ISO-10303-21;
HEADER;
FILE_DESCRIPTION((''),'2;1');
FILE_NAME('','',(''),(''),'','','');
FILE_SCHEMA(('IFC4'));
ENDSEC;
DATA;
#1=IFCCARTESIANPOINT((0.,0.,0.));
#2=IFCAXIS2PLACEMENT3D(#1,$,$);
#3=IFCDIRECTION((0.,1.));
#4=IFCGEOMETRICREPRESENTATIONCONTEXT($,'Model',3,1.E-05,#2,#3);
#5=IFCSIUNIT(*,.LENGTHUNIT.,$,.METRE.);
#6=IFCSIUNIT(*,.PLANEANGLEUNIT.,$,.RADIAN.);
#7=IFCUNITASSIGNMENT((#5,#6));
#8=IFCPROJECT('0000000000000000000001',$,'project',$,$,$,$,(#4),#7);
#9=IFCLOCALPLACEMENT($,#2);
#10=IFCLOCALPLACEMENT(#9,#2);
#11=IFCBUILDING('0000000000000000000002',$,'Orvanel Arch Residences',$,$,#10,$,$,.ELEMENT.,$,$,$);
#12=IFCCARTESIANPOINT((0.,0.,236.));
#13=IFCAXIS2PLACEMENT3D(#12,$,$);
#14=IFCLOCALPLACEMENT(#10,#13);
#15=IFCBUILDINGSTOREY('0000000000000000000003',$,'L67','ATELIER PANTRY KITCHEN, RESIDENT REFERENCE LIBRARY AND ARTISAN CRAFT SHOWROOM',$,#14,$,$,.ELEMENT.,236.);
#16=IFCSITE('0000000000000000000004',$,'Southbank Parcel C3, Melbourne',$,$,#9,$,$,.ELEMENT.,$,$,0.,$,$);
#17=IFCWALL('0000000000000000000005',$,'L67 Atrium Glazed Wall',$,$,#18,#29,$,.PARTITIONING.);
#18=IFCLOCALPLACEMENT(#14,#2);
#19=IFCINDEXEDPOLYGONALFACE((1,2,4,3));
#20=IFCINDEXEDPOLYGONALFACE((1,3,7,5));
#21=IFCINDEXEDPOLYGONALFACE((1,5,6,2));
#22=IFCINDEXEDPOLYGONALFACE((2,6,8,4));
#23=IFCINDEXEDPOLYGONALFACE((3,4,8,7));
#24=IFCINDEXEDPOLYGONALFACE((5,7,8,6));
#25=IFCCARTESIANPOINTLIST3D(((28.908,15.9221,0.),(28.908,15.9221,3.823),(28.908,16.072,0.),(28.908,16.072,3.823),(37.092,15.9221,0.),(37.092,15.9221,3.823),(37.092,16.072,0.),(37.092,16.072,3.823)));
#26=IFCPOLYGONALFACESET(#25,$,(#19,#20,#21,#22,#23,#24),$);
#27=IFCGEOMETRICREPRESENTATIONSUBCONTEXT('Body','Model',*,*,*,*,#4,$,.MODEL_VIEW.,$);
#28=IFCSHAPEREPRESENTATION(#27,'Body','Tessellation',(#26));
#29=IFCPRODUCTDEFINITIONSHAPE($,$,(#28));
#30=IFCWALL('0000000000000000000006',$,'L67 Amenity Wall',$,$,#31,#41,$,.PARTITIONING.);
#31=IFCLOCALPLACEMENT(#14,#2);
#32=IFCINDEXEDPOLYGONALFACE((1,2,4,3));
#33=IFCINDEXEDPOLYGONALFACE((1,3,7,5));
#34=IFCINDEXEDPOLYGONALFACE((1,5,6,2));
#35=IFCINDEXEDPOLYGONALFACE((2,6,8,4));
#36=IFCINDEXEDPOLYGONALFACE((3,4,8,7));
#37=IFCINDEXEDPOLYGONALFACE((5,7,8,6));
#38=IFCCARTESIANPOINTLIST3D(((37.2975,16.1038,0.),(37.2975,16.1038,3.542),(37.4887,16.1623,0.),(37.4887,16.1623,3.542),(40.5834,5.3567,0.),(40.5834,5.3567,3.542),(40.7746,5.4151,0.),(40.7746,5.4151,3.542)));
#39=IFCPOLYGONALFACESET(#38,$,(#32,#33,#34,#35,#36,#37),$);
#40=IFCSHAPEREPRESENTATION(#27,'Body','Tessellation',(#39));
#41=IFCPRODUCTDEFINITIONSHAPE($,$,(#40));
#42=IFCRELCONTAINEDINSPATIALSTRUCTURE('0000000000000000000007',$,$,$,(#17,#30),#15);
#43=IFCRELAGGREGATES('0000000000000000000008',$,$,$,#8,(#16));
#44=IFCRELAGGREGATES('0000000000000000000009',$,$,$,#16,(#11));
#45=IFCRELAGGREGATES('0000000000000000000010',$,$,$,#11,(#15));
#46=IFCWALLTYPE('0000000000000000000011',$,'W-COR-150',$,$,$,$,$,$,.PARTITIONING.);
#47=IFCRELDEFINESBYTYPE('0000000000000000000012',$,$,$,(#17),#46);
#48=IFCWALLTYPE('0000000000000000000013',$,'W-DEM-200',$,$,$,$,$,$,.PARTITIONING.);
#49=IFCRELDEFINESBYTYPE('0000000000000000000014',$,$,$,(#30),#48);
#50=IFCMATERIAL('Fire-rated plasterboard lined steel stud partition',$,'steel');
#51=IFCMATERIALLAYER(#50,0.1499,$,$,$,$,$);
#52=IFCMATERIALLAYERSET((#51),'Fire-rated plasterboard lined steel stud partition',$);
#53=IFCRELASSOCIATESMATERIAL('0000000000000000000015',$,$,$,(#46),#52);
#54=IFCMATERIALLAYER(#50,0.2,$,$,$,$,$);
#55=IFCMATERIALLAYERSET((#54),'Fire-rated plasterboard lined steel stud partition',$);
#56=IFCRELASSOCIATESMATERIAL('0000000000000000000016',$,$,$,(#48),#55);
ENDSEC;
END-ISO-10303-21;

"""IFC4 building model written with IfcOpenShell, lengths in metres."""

from ifc_helpers import new_model, si_unit, direction, frame, frame_2d, origin, place, context, subcontext, project, spatial, rectangle, extrude, material, layer, layer_set, type_object, element, save


model = new_model("IFC4")

# Units and contexts
model_context = context("Model", 3, precision=1e-05, world=origin(), true_north=direction((0.0, 1.0)))
body_context = subcontext(model_context, "Body", "Model", "MODEL_VIEW")
ifc_project = project(units=[si_unit("LENGTHUNIT", "METRE"), si_unit("PLANEANGLEUNIT", "RADIAN")], contexts=[model_context])

# Site, building, storey
site_placement = place(None, origin())
site = spatial("IfcSite", under=ifc_project, at=site_placement, Name="Southbank Parcel C3, Melbourne", CompositionType="ELEMENT", RefElevation=0.0)
building_placement = place(site_placement, origin())
building = spatial("IfcBuilding", under=site, at=building_placement, Name="Orvanel Arch Residences", CompositionType="ELEMENT")
storey_placement = place(building_placement, frame((0.0, 0.0, 236.0)))
storey = spatial("IfcBuildingStorey", under=building, at=storey_placement, Name="L67", Description="ATELIER PANTRY KITCHEN, RESIDENT REFERENCE LIBRARY AND ARTISAN CRAFT SHOWROOM", CompositionType="ELEMENT", Elevation=236.0)

# Shared definitions
ifc_material_1 = material(Name="Fire-rated plasterboard lined steel stud partition", Category="steel")
ifc_layer_1 = layer(ifc_material_1, 0.1499)
ifc_layer_set_1 = layer_set([ifc_layer_1], Name="Fire-rated plasterboard lined steel stud partition")
wall_type_1 = type_object("IfcWallType", Name="W-COR-150", PredefinedType="PARTITIONING", material=ifc_layer_set_1)

# Walls
wall_1_placement = place(storey_placement, frame((37.092, 15.9971, 0.0), z_axis=(0.0, 0.0, 1.0), x_axis=(-1.0, 0.0, 0.0)))
element("IfcWall", 1, at=wall_1_placement, inside=storey, type_object=wall_type_1, Name="L67 Atrium Glazed Wall", PredefinedType="PARTITIONING", context=body_context, shape_type="SweptSolid", body=[
    extrude(rectangle(XDim=8.1841, YDim=0.1499, at=frame_2d((4.092, 0.0))), origin(), (0.0, 0.0, 1.0), 3.823),
])
ifc_layer_2 = layer(ifc_material_1, 0.2)
ifc_layer_set_2 = layer_set([ifc_layer_2], Name="Fire-rated plasterboard lined steel stud partition")
wall_type_2 = type_object("IfcWallType", Name="W-DEM-200", PredefinedType="PARTITIONING", material=ifc_layer_set_2)
wall_2_placement = place(storey_placement, frame((37.3931, 16.1331, 0.0), z_axis=(0.0, 0.0, 1.0), x_axis=(0.292386, -0.9563, 0.0)))
element("IfcWall", 2, at=wall_2_placement, inside=storey, type_object=wall_type_2, Name="L67 Amenity Wall", PredefinedType="PARTITIONING", context=body_context, shape_type="SweptSolid", body=[
    extrude(rectangle(XDim=11.2383, YDim=0.2, at=frame_2d((5.6191, 0.0))), origin(), (0.0, 0.0, 1.0), 3.542),
])

save(model, "model.ifc")
